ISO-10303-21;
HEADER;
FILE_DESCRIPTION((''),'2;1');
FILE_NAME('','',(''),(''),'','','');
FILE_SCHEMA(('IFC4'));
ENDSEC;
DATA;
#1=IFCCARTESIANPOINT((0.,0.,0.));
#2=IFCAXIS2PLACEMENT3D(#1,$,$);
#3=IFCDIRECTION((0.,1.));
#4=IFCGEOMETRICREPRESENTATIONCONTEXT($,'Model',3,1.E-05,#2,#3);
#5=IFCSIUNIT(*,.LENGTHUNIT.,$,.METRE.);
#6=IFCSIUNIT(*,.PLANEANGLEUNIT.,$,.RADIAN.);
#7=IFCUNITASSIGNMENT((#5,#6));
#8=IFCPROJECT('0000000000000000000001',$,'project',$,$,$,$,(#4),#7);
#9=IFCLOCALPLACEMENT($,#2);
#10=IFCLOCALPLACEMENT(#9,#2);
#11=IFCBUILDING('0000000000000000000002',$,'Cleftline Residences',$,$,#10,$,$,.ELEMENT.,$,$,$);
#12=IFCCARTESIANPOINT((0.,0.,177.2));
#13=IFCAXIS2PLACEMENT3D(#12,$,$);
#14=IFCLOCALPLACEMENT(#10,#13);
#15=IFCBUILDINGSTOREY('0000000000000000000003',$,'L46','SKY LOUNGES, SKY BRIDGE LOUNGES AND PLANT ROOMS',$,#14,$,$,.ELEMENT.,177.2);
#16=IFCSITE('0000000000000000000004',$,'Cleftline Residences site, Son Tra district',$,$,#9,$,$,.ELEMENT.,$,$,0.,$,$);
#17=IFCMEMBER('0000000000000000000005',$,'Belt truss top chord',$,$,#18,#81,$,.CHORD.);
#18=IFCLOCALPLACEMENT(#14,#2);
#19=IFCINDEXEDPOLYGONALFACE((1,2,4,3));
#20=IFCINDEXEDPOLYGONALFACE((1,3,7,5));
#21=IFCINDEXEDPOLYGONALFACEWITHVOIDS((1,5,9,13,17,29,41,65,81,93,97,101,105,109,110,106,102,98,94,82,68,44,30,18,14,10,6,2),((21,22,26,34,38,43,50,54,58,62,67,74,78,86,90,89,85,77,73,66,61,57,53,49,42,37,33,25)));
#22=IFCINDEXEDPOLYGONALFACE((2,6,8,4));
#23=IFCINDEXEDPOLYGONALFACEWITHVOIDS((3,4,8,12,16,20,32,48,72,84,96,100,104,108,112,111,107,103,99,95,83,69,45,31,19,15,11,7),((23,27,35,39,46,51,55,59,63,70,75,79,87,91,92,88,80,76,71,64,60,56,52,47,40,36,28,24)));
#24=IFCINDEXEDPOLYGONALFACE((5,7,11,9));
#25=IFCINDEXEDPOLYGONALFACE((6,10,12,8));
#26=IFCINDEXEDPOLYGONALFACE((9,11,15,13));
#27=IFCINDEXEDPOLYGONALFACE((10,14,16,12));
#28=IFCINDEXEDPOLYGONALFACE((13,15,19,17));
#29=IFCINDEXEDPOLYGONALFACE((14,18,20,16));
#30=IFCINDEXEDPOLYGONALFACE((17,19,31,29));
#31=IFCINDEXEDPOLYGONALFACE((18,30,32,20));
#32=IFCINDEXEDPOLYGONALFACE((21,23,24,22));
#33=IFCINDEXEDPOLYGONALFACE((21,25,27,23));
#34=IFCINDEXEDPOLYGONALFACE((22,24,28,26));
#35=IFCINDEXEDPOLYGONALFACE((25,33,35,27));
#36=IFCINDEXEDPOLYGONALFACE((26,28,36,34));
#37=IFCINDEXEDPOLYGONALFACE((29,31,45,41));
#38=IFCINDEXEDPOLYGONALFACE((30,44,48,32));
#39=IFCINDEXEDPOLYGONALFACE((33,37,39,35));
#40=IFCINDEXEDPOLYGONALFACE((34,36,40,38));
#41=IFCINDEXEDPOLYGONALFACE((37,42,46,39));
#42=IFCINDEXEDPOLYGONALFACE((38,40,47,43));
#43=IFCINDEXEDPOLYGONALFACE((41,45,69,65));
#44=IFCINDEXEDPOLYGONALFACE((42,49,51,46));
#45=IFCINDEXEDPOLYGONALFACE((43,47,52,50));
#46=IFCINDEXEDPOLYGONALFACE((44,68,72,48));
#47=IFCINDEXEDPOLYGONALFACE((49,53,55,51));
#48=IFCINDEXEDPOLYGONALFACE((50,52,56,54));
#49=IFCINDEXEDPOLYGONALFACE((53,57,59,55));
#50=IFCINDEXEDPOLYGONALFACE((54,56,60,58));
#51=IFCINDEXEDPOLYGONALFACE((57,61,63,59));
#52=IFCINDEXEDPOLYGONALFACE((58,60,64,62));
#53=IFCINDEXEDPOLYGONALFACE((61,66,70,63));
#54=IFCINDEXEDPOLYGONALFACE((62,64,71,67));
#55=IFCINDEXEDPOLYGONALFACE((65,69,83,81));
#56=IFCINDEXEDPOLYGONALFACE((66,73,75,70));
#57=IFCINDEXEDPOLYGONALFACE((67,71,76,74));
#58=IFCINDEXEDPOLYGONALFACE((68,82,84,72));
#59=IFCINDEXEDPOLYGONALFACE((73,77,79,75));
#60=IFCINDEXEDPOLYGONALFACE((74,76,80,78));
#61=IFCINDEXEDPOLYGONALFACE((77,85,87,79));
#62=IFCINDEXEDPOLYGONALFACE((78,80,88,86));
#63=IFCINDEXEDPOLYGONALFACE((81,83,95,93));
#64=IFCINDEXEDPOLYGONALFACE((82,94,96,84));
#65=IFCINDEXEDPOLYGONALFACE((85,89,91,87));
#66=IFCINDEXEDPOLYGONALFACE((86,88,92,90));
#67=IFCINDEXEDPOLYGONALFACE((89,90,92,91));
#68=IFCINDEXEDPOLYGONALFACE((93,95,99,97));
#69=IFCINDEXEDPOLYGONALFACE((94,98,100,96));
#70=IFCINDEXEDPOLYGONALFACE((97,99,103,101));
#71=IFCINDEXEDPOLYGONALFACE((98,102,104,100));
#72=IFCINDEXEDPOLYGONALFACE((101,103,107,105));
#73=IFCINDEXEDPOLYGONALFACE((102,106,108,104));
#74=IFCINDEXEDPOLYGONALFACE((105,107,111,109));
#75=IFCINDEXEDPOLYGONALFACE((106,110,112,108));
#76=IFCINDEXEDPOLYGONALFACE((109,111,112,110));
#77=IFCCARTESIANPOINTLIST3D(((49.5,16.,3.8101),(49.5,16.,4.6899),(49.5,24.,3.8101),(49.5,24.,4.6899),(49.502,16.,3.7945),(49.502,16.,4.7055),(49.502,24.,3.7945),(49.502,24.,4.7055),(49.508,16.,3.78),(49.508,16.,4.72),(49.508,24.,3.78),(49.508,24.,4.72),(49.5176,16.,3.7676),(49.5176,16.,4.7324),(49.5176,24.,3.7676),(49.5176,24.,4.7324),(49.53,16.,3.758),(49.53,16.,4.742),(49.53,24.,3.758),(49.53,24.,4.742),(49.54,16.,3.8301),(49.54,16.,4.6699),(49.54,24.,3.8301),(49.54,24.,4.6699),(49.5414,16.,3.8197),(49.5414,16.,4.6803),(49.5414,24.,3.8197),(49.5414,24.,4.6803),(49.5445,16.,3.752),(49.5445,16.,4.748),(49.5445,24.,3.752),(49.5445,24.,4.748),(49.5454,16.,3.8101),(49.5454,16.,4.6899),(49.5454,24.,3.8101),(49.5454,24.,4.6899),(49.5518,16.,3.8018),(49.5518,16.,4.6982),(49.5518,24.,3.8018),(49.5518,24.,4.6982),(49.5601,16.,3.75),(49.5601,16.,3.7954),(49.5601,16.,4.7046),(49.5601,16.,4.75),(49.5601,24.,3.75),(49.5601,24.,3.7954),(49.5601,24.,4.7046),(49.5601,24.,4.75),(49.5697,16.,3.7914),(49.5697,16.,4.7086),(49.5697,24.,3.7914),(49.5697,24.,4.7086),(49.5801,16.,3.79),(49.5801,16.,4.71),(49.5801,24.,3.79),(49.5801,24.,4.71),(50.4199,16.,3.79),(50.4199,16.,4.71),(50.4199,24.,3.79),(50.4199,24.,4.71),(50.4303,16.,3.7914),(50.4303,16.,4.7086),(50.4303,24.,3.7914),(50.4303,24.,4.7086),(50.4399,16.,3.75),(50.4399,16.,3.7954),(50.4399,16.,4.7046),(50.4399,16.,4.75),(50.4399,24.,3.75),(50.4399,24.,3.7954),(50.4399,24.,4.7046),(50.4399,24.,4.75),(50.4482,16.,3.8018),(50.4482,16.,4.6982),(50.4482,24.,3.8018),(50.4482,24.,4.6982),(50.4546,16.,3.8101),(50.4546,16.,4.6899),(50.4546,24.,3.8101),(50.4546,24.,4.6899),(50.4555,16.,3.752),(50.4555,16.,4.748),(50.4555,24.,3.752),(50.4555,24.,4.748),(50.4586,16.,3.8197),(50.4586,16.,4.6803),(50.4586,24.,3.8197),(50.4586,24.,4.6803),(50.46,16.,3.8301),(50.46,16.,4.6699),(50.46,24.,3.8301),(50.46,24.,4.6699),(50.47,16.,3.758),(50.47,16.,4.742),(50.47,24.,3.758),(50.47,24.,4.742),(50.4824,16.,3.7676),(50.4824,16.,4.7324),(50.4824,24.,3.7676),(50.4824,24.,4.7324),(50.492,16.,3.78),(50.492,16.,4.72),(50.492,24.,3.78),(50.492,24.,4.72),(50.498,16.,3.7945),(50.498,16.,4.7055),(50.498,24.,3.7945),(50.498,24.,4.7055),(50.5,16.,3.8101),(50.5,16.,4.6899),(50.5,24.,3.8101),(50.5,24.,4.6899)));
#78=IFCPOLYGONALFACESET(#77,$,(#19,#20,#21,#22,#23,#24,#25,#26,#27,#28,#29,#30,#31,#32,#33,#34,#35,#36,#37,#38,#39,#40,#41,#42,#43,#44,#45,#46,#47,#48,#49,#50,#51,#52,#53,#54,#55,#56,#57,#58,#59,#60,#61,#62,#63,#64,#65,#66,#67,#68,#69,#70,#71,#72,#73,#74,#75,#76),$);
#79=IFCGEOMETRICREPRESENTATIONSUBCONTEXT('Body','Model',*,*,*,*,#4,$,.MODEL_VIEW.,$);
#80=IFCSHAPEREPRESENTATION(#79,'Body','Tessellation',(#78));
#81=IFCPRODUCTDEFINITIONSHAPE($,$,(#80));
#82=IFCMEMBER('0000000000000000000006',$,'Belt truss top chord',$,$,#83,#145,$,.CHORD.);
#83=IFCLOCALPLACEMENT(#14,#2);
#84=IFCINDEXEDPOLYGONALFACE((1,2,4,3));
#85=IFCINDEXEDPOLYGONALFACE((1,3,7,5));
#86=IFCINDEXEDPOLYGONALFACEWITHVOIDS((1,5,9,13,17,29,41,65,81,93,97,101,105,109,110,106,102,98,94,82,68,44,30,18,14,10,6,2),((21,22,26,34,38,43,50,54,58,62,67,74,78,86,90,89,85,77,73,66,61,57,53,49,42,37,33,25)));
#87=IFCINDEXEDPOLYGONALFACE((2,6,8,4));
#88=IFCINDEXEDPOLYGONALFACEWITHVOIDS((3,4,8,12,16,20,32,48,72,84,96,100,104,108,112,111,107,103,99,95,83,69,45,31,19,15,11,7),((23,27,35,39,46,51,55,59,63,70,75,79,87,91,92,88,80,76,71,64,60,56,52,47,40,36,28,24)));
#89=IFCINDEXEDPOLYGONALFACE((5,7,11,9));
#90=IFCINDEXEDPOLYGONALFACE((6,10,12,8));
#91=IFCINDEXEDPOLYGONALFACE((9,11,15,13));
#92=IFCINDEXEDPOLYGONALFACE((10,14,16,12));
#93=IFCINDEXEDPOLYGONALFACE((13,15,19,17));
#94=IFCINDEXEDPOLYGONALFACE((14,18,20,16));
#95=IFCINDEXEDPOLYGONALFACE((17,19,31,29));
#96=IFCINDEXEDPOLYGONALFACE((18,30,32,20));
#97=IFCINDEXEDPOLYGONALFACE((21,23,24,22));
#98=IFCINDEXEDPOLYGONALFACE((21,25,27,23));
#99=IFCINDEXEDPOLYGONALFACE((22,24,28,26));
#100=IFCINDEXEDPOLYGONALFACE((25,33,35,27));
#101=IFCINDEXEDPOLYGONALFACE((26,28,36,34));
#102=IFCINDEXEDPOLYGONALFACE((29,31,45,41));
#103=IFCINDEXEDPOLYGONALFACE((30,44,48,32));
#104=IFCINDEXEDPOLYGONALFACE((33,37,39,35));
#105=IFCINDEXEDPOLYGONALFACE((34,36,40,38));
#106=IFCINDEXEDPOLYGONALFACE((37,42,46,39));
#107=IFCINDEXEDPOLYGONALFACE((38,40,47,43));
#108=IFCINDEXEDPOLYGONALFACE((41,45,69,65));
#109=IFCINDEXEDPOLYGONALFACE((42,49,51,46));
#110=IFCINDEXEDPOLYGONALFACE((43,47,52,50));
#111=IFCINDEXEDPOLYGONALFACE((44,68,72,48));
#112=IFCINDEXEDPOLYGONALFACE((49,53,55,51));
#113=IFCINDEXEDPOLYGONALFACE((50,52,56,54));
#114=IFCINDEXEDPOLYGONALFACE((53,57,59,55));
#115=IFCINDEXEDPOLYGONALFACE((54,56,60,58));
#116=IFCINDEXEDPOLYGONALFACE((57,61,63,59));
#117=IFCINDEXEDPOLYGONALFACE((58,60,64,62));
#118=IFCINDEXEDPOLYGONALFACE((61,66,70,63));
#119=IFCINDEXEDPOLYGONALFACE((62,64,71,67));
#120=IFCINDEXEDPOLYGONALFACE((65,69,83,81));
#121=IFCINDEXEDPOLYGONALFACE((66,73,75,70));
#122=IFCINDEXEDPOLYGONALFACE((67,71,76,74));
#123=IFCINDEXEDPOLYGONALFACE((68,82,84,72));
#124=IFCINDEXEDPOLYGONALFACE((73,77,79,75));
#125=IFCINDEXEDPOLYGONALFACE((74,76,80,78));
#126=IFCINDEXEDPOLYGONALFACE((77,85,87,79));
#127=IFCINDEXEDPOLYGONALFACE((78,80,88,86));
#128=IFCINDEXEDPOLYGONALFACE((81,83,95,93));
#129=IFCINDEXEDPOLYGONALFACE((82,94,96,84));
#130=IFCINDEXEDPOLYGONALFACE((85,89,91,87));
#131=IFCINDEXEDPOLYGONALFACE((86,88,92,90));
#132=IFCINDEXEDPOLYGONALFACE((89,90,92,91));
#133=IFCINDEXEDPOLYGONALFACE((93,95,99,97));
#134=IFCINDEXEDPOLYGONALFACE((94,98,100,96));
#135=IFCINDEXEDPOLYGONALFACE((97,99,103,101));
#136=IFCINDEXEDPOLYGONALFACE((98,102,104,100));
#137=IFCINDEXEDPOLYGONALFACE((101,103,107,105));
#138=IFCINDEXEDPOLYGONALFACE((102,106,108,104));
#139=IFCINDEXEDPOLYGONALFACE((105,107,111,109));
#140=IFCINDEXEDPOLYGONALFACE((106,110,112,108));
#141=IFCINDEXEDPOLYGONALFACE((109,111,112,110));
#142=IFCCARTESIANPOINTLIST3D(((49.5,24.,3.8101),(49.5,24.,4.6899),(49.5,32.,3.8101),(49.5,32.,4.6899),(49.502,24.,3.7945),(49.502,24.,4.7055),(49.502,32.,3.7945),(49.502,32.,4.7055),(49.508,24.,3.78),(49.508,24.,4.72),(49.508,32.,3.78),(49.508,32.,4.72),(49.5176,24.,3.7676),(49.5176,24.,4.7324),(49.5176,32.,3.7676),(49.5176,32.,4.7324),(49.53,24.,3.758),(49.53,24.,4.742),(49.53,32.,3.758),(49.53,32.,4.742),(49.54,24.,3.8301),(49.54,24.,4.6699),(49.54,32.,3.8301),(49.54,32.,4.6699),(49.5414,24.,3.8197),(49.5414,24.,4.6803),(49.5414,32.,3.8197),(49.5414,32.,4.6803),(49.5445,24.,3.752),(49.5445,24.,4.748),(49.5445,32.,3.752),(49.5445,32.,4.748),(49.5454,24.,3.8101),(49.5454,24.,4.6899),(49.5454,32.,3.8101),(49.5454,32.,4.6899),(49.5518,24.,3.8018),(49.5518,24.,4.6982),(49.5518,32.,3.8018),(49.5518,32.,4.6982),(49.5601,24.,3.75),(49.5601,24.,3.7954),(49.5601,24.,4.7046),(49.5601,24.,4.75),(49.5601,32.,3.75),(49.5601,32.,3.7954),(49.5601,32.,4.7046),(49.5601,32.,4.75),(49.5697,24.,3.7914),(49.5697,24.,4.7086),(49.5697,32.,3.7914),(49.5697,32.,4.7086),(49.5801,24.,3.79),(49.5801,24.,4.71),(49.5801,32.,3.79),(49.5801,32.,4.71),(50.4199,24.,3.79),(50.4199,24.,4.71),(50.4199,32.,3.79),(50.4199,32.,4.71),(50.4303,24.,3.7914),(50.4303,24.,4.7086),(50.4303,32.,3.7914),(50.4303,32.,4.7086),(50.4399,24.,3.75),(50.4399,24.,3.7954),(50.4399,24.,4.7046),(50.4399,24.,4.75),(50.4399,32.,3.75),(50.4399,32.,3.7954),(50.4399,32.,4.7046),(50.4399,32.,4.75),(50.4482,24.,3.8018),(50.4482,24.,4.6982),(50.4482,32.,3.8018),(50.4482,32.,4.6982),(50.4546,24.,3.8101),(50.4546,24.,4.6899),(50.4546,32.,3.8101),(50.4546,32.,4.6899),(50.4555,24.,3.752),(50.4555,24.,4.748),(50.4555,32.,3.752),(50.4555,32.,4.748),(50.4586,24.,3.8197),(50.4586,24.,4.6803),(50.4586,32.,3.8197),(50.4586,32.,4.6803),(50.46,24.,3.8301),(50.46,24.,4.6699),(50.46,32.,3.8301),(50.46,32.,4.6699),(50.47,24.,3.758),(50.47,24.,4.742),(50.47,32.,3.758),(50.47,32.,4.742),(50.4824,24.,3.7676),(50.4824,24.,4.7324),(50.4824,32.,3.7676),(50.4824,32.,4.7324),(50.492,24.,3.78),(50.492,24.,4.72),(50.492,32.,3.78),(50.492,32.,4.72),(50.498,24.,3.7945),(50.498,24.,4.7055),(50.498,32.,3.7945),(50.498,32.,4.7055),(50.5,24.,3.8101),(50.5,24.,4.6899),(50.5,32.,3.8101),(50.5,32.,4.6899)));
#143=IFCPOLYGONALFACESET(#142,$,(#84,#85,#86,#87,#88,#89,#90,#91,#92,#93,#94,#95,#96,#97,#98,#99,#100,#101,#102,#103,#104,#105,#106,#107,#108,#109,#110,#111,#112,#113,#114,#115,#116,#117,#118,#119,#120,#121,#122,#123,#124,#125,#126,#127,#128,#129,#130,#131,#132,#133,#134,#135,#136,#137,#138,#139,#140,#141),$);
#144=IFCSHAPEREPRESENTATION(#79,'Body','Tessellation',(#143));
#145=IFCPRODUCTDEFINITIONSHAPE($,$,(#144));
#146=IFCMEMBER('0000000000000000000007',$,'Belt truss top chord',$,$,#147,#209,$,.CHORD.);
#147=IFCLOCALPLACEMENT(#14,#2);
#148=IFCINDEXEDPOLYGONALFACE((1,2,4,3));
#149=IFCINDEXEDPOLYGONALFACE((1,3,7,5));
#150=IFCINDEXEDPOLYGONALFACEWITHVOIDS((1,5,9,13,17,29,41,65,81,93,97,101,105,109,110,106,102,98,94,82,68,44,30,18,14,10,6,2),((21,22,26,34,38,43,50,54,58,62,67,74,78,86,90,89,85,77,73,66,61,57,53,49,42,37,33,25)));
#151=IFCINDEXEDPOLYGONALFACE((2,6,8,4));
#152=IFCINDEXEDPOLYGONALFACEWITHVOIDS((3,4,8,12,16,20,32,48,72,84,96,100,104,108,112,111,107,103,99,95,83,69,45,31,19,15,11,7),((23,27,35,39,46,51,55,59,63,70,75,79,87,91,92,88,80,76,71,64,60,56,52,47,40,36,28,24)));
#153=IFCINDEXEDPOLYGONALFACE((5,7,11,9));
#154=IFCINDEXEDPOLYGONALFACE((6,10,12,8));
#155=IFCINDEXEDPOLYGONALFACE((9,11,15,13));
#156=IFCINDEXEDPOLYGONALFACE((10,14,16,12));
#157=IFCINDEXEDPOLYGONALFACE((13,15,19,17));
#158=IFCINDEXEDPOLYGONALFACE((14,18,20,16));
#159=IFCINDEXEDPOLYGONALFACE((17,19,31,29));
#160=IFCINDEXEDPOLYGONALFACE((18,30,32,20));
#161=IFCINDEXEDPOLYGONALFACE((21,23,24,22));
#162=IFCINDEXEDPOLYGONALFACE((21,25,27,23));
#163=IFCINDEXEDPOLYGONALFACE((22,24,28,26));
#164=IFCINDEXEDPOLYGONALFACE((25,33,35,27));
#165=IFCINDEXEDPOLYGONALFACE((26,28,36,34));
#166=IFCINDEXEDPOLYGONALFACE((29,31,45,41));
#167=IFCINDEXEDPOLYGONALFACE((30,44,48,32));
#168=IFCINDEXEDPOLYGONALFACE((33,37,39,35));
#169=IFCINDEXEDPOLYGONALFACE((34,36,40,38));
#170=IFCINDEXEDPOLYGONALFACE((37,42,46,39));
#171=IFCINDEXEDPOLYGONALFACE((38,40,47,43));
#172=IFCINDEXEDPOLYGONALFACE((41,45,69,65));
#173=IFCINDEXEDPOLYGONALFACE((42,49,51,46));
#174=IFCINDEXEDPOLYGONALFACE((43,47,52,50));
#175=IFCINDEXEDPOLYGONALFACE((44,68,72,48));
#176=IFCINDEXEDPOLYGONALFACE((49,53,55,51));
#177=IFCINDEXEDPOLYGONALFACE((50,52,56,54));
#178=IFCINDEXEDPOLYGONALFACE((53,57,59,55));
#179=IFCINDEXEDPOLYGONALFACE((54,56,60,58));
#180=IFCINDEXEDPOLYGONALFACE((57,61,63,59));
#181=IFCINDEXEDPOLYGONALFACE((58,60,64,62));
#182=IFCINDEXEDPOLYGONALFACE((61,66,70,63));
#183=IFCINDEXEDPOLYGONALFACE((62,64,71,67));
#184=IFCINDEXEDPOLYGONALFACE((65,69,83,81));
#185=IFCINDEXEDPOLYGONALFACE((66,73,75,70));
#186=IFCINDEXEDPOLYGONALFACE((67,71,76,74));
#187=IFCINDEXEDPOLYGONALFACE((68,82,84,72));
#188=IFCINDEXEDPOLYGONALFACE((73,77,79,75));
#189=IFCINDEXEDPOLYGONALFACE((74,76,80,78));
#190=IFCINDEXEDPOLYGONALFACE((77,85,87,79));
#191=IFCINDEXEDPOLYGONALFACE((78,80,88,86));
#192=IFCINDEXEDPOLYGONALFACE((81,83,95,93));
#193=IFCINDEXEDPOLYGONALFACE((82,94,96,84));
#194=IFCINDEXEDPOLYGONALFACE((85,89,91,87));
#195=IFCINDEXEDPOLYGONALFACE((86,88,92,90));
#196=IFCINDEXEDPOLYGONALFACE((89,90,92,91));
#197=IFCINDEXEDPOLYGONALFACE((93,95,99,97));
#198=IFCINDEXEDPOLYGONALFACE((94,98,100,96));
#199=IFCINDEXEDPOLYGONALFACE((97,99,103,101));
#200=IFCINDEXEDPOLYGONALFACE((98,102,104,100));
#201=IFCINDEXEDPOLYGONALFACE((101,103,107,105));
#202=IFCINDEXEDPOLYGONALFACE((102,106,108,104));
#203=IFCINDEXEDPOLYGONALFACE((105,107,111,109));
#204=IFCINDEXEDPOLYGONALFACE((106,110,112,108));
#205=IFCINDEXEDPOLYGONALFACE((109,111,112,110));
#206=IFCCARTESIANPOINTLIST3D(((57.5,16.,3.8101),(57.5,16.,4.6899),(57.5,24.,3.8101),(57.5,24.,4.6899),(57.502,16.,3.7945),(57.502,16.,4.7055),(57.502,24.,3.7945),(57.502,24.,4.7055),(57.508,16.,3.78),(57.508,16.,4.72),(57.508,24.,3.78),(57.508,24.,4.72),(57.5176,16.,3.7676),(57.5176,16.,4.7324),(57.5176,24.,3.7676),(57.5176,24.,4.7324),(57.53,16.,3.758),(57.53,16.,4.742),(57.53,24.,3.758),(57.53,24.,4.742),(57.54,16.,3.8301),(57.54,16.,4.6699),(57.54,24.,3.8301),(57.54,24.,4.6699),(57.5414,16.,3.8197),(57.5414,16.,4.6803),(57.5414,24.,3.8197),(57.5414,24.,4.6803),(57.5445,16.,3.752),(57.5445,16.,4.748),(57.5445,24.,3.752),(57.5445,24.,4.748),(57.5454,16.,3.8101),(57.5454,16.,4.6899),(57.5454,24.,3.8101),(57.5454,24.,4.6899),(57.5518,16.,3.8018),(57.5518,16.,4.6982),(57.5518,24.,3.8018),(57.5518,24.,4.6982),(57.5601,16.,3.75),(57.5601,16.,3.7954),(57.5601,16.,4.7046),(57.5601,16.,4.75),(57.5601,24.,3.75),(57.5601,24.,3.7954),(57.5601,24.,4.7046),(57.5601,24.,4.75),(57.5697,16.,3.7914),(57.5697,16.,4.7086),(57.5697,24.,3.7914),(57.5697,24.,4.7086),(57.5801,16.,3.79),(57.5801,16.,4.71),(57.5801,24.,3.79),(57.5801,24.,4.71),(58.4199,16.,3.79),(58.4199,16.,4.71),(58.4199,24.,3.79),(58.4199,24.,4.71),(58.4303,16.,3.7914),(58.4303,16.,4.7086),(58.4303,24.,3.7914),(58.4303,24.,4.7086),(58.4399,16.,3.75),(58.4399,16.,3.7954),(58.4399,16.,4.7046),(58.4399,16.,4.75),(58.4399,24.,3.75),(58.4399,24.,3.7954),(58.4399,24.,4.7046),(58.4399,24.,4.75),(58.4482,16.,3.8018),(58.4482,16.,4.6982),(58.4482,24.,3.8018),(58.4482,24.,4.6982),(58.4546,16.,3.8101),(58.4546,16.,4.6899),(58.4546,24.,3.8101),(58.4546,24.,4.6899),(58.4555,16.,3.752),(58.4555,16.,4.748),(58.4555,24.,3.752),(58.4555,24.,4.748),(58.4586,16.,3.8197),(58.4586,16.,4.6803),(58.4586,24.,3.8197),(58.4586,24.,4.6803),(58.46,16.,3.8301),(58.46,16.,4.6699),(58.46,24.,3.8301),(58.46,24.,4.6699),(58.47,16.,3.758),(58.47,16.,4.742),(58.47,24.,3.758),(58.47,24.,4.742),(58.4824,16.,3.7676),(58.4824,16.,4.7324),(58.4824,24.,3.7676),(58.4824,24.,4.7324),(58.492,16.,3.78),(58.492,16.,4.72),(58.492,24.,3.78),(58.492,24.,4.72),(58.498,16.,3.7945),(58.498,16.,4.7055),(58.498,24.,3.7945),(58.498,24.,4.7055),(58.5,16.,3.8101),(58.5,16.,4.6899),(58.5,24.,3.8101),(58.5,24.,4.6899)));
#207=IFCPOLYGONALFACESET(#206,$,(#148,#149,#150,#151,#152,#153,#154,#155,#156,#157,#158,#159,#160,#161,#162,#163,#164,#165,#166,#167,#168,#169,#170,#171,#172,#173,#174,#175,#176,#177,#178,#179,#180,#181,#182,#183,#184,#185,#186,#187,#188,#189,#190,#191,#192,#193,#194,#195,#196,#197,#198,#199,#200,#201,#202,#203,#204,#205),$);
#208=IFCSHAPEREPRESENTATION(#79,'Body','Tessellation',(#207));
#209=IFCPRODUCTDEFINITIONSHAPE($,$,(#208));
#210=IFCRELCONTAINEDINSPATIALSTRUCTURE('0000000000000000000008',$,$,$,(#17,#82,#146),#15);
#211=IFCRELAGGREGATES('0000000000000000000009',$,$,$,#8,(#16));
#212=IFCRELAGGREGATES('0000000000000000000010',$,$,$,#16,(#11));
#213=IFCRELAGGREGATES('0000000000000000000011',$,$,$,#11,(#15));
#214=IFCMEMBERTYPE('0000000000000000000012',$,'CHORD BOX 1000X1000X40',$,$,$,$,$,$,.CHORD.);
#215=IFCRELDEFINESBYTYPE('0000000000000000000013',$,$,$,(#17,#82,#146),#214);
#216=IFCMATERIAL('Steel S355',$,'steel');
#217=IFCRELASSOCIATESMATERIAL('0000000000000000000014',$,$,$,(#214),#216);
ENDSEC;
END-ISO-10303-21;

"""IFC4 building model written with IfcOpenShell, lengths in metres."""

from ifc_helpers import new_model, si_unit, direction, frame, origin, origin_2d, place, context, subcontext, project, spatial, hollow_rectangle, extrude, material, material_profile, profile_set, type_object, element, save


model = new_model("IFC4")

# Units and contexts
model_context = context("Model", 3, precision=1e-05, world=origin(), true_north=direction((0.0, 1.0)))
body_context = subcontext(model_context, "Body", "Model", "MODEL_VIEW")
ifc_project = project(units=[si_unit("LENGTHUNIT", "METRE"), si_unit("PLANEANGLEUNIT", "RADIAN")], contexts=[model_context])

# Site, building, storey
site_placement = place(None, origin())
site = spatial("IfcSite", under=ifc_project, at=site_placement, Name="Cleftline Residences site, Son Tra district", CompositionType="ELEMENT", RefElevation=0.0)
building_placement = place(site_placement, origin())
building = spatial("IfcBuilding", under=site, at=building_placement, Name="Cleftline Residences", CompositionType="ELEMENT")
storey_placement = place(building_placement, frame((0.0, 0.0, 177.2)))
storey = spatial("IfcBuildingStorey", under=building, at=storey_placement, Name="L46", Description="SKY LOUNGES, SKY BRIDGE LOUNGES AND PLANT ROOMS", CompositionType="ELEMENT", Elevation=177.2)

# Members
ifc_material_1 = material(Name="Steel S355", Category="steel")
ifc_material_profile_1 = material_profile(ifc_material_1, hollow_rectangle(XDim=1.0, YDim=1.0, WallThickness=0.04, InnerFilletRadius=0.04, OuterFilletRadius=0.0601, at=origin_2d()))
ifc_profile_set_1 = profile_set([ifc_material_profile_1], Name="Steel S355")
member_type_1 = type_object("IfcMemberType", Name="CHORD BOX 1000X1000X40", PredefinedType="CHORD", material=ifc_profile_set_1)
for number, where, z_axis, x_axis, name in (
    (1, (50.0, 16.0, 4.25), (0.0, 1.0, 0.0), (-1.0, 0.0, 0.0), "Belt truss top chord"),
    (2, (50.0, 24.0, 4.25), (0.0, 1.0, 0.0), (-1.0, 0.0, 0.0), "Belt truss top chord"),
    (3, (58.0, 16.0, 4.25), (0.0, 1.0, 0.0), (-1.0, 0.0, 0.0), "Belt truss top chord"),
):
    element("IfcMember", number, at=place(storey_placement, frame(where, z_axis=z_axis, x_axis=x_axis)), inside=storey, type_object=member_type_1, Name=name, PredefinedType="CHORD", context=body_context, shape_type="SweptSolid", body=[
        extrude(hollow_rectangle(XDim=1.0, YDim=1.0, WallThickness=0.04, InnerFilletRadius=0.04, OuterFilletRadius=0.0601, at=origin_2d()), origin(), (0.0, 0.0, 1.0), 8.0),
    ])

save(model, "model.ifc")
